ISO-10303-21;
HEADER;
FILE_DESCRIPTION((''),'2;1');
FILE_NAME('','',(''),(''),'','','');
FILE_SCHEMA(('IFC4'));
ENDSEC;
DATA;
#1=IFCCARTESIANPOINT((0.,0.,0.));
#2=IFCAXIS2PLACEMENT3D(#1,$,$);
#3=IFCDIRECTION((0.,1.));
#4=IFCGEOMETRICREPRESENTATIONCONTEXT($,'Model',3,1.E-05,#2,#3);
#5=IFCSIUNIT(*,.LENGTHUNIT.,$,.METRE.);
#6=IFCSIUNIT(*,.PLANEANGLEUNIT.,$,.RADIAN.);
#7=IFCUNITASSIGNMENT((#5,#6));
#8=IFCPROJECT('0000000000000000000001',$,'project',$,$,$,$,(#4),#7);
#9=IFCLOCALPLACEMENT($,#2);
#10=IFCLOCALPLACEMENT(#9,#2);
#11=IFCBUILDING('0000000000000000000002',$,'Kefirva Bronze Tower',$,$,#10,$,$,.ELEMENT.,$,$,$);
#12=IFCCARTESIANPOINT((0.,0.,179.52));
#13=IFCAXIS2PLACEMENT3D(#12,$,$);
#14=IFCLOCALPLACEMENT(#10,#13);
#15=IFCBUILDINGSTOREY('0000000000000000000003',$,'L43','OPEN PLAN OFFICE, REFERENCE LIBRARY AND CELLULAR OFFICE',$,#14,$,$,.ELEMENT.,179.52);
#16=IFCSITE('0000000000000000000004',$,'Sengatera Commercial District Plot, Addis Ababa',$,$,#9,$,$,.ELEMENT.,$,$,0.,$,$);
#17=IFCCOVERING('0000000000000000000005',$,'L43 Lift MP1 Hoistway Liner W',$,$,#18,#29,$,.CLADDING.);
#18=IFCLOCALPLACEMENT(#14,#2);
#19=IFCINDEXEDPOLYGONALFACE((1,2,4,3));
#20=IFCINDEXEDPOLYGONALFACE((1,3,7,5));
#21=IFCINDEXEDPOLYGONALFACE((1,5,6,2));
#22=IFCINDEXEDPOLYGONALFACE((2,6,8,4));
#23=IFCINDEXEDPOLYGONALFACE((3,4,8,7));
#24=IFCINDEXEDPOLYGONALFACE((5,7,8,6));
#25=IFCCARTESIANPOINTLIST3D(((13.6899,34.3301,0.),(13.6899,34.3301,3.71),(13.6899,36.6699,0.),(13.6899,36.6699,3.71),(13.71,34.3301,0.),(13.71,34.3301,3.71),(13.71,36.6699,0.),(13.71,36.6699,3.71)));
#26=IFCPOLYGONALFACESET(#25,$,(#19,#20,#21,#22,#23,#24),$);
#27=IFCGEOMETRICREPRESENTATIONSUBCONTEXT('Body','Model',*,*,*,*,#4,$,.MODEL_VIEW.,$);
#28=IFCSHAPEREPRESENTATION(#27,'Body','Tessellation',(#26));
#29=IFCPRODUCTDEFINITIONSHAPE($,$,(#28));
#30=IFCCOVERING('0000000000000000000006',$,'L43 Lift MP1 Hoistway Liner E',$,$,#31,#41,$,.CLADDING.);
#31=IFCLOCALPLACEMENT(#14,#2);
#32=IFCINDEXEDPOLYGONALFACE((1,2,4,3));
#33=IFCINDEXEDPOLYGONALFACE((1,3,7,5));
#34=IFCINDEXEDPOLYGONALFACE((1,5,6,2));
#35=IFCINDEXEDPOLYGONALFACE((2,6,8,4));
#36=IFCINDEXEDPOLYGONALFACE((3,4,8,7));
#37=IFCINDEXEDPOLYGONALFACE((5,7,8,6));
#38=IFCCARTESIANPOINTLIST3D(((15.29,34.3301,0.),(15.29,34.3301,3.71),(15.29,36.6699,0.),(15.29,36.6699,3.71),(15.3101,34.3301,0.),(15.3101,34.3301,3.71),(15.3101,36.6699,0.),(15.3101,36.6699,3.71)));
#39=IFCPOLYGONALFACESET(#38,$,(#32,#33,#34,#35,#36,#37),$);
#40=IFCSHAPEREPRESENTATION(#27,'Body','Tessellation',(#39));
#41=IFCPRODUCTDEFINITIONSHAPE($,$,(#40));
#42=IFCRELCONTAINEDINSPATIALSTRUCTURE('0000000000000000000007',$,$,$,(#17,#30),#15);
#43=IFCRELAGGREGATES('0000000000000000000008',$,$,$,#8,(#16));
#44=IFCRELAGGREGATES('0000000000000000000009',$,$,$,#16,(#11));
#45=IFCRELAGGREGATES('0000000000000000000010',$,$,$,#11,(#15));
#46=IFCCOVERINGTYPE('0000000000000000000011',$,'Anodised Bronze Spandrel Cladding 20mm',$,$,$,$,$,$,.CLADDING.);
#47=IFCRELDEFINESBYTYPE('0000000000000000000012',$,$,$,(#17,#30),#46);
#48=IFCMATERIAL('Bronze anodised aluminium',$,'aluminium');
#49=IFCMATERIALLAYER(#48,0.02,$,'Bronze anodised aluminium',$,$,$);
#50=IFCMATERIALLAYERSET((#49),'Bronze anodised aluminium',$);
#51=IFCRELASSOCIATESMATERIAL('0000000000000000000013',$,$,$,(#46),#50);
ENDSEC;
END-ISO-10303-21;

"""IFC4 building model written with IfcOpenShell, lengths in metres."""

from ifc_helpers import new_model, si_unit, direction, frame, origin, place, context, subcontext, project, spatial, polyline, outline, extrude, material, layer, layer_set, type_object, element, save


model = new_model("IFC4")

# Units and contexts
model_context = context("Model", 3, precision=1e-05, world=origin(), true_north=direction((0.0, 1.0)))
body_context = subcontext(model_context, "Body", "Model", "MODEL_VIEW")
ifc_project = project(units=[si_unit("LENGTHUNIT", "METRE"), si_unit("PLANEANGLEUNIT", "RADIAN")], contexts=[model_context])

# Site, building, storey
site_placement = place(None, origin())
site = spatial("IfcSite", under=ifc_project, at=site_placement, Name="Sengatera Commercial District Plot, Addis Ababa", CompositionType="ELEMENT", RefElevation=0.0)
building_placement = place(site_placement, origin())
building = spatial("IfcBuilding", under=site, at=building_placement, Name="Kefirva Bronze Tower", CompositionType="ELEMENT")
storey_placement = place(building_placement, frame((0.0, 0.0, 179.52)))
storey = spatial("IfcBuildingStorey", under=building, at=storey_placement, Name="L43", Description="OPEN PLAN OFFICE, REFERENCE LIBRARY AND CELLULAR OFFICE", CompositionType="ELEMENT", Elevation=179.52)

# Coverings
ifc_material_1 = material(Name="Bronze anodised aluminium", Category="aluminium")
ifc_layer_1 = layer(ifc_material_1, 0.02, Name="Bronze anodised aluminium")
ifc_layer_set_1 = layer_set([ifc_layer_1], Name="Bronze anodised aluminium")
covering_type = type_object("IfcCoveringType", Name="Anodised Bronze Spandrel Cladding 20mm", PredefinedType="CLADDING", material=ifc_layer_set_1)
covering_1_placement = place(storey_placement, origin())
element("IfcCovering", 1, at=covering_1_placement, inside=storey, type_object=covering_type, Name="L43 Lift MP1 Hoistway Liner W", PredefinedType="CLADDING", context=body_context, shape_type="SweptSolid", body=[
    extrude(outline(polyline([(13.6899, 34.3301), (13.71, 34.3301), (13.71, 36.6699), (13.6899, 36.6699), (13.6899, 34.3301)])), origin(), (0.0, 0.0, 1.0), 3.71),
])
covering_2_placement = place(storey_placement, origin())
element("IfcCovering", 2, at=covering_2_placement, inside=storey, type_object=covering_type, Name="L43 Lift MP1 Hoistway Liner E", PredefinedType="CLADDING", context=body_context, shape_type="SweptSolid", body=[
    extrude(outline(polyline([(15.29, 34.3301), (15.3101, 34.3301), (15.3101, 36.6699), (15.29, 36.6699), (15.29, 34.3301)])), origin(), (0.0, 0.0, 1.0), 3.71),
])

save(model, "model.ifc")
